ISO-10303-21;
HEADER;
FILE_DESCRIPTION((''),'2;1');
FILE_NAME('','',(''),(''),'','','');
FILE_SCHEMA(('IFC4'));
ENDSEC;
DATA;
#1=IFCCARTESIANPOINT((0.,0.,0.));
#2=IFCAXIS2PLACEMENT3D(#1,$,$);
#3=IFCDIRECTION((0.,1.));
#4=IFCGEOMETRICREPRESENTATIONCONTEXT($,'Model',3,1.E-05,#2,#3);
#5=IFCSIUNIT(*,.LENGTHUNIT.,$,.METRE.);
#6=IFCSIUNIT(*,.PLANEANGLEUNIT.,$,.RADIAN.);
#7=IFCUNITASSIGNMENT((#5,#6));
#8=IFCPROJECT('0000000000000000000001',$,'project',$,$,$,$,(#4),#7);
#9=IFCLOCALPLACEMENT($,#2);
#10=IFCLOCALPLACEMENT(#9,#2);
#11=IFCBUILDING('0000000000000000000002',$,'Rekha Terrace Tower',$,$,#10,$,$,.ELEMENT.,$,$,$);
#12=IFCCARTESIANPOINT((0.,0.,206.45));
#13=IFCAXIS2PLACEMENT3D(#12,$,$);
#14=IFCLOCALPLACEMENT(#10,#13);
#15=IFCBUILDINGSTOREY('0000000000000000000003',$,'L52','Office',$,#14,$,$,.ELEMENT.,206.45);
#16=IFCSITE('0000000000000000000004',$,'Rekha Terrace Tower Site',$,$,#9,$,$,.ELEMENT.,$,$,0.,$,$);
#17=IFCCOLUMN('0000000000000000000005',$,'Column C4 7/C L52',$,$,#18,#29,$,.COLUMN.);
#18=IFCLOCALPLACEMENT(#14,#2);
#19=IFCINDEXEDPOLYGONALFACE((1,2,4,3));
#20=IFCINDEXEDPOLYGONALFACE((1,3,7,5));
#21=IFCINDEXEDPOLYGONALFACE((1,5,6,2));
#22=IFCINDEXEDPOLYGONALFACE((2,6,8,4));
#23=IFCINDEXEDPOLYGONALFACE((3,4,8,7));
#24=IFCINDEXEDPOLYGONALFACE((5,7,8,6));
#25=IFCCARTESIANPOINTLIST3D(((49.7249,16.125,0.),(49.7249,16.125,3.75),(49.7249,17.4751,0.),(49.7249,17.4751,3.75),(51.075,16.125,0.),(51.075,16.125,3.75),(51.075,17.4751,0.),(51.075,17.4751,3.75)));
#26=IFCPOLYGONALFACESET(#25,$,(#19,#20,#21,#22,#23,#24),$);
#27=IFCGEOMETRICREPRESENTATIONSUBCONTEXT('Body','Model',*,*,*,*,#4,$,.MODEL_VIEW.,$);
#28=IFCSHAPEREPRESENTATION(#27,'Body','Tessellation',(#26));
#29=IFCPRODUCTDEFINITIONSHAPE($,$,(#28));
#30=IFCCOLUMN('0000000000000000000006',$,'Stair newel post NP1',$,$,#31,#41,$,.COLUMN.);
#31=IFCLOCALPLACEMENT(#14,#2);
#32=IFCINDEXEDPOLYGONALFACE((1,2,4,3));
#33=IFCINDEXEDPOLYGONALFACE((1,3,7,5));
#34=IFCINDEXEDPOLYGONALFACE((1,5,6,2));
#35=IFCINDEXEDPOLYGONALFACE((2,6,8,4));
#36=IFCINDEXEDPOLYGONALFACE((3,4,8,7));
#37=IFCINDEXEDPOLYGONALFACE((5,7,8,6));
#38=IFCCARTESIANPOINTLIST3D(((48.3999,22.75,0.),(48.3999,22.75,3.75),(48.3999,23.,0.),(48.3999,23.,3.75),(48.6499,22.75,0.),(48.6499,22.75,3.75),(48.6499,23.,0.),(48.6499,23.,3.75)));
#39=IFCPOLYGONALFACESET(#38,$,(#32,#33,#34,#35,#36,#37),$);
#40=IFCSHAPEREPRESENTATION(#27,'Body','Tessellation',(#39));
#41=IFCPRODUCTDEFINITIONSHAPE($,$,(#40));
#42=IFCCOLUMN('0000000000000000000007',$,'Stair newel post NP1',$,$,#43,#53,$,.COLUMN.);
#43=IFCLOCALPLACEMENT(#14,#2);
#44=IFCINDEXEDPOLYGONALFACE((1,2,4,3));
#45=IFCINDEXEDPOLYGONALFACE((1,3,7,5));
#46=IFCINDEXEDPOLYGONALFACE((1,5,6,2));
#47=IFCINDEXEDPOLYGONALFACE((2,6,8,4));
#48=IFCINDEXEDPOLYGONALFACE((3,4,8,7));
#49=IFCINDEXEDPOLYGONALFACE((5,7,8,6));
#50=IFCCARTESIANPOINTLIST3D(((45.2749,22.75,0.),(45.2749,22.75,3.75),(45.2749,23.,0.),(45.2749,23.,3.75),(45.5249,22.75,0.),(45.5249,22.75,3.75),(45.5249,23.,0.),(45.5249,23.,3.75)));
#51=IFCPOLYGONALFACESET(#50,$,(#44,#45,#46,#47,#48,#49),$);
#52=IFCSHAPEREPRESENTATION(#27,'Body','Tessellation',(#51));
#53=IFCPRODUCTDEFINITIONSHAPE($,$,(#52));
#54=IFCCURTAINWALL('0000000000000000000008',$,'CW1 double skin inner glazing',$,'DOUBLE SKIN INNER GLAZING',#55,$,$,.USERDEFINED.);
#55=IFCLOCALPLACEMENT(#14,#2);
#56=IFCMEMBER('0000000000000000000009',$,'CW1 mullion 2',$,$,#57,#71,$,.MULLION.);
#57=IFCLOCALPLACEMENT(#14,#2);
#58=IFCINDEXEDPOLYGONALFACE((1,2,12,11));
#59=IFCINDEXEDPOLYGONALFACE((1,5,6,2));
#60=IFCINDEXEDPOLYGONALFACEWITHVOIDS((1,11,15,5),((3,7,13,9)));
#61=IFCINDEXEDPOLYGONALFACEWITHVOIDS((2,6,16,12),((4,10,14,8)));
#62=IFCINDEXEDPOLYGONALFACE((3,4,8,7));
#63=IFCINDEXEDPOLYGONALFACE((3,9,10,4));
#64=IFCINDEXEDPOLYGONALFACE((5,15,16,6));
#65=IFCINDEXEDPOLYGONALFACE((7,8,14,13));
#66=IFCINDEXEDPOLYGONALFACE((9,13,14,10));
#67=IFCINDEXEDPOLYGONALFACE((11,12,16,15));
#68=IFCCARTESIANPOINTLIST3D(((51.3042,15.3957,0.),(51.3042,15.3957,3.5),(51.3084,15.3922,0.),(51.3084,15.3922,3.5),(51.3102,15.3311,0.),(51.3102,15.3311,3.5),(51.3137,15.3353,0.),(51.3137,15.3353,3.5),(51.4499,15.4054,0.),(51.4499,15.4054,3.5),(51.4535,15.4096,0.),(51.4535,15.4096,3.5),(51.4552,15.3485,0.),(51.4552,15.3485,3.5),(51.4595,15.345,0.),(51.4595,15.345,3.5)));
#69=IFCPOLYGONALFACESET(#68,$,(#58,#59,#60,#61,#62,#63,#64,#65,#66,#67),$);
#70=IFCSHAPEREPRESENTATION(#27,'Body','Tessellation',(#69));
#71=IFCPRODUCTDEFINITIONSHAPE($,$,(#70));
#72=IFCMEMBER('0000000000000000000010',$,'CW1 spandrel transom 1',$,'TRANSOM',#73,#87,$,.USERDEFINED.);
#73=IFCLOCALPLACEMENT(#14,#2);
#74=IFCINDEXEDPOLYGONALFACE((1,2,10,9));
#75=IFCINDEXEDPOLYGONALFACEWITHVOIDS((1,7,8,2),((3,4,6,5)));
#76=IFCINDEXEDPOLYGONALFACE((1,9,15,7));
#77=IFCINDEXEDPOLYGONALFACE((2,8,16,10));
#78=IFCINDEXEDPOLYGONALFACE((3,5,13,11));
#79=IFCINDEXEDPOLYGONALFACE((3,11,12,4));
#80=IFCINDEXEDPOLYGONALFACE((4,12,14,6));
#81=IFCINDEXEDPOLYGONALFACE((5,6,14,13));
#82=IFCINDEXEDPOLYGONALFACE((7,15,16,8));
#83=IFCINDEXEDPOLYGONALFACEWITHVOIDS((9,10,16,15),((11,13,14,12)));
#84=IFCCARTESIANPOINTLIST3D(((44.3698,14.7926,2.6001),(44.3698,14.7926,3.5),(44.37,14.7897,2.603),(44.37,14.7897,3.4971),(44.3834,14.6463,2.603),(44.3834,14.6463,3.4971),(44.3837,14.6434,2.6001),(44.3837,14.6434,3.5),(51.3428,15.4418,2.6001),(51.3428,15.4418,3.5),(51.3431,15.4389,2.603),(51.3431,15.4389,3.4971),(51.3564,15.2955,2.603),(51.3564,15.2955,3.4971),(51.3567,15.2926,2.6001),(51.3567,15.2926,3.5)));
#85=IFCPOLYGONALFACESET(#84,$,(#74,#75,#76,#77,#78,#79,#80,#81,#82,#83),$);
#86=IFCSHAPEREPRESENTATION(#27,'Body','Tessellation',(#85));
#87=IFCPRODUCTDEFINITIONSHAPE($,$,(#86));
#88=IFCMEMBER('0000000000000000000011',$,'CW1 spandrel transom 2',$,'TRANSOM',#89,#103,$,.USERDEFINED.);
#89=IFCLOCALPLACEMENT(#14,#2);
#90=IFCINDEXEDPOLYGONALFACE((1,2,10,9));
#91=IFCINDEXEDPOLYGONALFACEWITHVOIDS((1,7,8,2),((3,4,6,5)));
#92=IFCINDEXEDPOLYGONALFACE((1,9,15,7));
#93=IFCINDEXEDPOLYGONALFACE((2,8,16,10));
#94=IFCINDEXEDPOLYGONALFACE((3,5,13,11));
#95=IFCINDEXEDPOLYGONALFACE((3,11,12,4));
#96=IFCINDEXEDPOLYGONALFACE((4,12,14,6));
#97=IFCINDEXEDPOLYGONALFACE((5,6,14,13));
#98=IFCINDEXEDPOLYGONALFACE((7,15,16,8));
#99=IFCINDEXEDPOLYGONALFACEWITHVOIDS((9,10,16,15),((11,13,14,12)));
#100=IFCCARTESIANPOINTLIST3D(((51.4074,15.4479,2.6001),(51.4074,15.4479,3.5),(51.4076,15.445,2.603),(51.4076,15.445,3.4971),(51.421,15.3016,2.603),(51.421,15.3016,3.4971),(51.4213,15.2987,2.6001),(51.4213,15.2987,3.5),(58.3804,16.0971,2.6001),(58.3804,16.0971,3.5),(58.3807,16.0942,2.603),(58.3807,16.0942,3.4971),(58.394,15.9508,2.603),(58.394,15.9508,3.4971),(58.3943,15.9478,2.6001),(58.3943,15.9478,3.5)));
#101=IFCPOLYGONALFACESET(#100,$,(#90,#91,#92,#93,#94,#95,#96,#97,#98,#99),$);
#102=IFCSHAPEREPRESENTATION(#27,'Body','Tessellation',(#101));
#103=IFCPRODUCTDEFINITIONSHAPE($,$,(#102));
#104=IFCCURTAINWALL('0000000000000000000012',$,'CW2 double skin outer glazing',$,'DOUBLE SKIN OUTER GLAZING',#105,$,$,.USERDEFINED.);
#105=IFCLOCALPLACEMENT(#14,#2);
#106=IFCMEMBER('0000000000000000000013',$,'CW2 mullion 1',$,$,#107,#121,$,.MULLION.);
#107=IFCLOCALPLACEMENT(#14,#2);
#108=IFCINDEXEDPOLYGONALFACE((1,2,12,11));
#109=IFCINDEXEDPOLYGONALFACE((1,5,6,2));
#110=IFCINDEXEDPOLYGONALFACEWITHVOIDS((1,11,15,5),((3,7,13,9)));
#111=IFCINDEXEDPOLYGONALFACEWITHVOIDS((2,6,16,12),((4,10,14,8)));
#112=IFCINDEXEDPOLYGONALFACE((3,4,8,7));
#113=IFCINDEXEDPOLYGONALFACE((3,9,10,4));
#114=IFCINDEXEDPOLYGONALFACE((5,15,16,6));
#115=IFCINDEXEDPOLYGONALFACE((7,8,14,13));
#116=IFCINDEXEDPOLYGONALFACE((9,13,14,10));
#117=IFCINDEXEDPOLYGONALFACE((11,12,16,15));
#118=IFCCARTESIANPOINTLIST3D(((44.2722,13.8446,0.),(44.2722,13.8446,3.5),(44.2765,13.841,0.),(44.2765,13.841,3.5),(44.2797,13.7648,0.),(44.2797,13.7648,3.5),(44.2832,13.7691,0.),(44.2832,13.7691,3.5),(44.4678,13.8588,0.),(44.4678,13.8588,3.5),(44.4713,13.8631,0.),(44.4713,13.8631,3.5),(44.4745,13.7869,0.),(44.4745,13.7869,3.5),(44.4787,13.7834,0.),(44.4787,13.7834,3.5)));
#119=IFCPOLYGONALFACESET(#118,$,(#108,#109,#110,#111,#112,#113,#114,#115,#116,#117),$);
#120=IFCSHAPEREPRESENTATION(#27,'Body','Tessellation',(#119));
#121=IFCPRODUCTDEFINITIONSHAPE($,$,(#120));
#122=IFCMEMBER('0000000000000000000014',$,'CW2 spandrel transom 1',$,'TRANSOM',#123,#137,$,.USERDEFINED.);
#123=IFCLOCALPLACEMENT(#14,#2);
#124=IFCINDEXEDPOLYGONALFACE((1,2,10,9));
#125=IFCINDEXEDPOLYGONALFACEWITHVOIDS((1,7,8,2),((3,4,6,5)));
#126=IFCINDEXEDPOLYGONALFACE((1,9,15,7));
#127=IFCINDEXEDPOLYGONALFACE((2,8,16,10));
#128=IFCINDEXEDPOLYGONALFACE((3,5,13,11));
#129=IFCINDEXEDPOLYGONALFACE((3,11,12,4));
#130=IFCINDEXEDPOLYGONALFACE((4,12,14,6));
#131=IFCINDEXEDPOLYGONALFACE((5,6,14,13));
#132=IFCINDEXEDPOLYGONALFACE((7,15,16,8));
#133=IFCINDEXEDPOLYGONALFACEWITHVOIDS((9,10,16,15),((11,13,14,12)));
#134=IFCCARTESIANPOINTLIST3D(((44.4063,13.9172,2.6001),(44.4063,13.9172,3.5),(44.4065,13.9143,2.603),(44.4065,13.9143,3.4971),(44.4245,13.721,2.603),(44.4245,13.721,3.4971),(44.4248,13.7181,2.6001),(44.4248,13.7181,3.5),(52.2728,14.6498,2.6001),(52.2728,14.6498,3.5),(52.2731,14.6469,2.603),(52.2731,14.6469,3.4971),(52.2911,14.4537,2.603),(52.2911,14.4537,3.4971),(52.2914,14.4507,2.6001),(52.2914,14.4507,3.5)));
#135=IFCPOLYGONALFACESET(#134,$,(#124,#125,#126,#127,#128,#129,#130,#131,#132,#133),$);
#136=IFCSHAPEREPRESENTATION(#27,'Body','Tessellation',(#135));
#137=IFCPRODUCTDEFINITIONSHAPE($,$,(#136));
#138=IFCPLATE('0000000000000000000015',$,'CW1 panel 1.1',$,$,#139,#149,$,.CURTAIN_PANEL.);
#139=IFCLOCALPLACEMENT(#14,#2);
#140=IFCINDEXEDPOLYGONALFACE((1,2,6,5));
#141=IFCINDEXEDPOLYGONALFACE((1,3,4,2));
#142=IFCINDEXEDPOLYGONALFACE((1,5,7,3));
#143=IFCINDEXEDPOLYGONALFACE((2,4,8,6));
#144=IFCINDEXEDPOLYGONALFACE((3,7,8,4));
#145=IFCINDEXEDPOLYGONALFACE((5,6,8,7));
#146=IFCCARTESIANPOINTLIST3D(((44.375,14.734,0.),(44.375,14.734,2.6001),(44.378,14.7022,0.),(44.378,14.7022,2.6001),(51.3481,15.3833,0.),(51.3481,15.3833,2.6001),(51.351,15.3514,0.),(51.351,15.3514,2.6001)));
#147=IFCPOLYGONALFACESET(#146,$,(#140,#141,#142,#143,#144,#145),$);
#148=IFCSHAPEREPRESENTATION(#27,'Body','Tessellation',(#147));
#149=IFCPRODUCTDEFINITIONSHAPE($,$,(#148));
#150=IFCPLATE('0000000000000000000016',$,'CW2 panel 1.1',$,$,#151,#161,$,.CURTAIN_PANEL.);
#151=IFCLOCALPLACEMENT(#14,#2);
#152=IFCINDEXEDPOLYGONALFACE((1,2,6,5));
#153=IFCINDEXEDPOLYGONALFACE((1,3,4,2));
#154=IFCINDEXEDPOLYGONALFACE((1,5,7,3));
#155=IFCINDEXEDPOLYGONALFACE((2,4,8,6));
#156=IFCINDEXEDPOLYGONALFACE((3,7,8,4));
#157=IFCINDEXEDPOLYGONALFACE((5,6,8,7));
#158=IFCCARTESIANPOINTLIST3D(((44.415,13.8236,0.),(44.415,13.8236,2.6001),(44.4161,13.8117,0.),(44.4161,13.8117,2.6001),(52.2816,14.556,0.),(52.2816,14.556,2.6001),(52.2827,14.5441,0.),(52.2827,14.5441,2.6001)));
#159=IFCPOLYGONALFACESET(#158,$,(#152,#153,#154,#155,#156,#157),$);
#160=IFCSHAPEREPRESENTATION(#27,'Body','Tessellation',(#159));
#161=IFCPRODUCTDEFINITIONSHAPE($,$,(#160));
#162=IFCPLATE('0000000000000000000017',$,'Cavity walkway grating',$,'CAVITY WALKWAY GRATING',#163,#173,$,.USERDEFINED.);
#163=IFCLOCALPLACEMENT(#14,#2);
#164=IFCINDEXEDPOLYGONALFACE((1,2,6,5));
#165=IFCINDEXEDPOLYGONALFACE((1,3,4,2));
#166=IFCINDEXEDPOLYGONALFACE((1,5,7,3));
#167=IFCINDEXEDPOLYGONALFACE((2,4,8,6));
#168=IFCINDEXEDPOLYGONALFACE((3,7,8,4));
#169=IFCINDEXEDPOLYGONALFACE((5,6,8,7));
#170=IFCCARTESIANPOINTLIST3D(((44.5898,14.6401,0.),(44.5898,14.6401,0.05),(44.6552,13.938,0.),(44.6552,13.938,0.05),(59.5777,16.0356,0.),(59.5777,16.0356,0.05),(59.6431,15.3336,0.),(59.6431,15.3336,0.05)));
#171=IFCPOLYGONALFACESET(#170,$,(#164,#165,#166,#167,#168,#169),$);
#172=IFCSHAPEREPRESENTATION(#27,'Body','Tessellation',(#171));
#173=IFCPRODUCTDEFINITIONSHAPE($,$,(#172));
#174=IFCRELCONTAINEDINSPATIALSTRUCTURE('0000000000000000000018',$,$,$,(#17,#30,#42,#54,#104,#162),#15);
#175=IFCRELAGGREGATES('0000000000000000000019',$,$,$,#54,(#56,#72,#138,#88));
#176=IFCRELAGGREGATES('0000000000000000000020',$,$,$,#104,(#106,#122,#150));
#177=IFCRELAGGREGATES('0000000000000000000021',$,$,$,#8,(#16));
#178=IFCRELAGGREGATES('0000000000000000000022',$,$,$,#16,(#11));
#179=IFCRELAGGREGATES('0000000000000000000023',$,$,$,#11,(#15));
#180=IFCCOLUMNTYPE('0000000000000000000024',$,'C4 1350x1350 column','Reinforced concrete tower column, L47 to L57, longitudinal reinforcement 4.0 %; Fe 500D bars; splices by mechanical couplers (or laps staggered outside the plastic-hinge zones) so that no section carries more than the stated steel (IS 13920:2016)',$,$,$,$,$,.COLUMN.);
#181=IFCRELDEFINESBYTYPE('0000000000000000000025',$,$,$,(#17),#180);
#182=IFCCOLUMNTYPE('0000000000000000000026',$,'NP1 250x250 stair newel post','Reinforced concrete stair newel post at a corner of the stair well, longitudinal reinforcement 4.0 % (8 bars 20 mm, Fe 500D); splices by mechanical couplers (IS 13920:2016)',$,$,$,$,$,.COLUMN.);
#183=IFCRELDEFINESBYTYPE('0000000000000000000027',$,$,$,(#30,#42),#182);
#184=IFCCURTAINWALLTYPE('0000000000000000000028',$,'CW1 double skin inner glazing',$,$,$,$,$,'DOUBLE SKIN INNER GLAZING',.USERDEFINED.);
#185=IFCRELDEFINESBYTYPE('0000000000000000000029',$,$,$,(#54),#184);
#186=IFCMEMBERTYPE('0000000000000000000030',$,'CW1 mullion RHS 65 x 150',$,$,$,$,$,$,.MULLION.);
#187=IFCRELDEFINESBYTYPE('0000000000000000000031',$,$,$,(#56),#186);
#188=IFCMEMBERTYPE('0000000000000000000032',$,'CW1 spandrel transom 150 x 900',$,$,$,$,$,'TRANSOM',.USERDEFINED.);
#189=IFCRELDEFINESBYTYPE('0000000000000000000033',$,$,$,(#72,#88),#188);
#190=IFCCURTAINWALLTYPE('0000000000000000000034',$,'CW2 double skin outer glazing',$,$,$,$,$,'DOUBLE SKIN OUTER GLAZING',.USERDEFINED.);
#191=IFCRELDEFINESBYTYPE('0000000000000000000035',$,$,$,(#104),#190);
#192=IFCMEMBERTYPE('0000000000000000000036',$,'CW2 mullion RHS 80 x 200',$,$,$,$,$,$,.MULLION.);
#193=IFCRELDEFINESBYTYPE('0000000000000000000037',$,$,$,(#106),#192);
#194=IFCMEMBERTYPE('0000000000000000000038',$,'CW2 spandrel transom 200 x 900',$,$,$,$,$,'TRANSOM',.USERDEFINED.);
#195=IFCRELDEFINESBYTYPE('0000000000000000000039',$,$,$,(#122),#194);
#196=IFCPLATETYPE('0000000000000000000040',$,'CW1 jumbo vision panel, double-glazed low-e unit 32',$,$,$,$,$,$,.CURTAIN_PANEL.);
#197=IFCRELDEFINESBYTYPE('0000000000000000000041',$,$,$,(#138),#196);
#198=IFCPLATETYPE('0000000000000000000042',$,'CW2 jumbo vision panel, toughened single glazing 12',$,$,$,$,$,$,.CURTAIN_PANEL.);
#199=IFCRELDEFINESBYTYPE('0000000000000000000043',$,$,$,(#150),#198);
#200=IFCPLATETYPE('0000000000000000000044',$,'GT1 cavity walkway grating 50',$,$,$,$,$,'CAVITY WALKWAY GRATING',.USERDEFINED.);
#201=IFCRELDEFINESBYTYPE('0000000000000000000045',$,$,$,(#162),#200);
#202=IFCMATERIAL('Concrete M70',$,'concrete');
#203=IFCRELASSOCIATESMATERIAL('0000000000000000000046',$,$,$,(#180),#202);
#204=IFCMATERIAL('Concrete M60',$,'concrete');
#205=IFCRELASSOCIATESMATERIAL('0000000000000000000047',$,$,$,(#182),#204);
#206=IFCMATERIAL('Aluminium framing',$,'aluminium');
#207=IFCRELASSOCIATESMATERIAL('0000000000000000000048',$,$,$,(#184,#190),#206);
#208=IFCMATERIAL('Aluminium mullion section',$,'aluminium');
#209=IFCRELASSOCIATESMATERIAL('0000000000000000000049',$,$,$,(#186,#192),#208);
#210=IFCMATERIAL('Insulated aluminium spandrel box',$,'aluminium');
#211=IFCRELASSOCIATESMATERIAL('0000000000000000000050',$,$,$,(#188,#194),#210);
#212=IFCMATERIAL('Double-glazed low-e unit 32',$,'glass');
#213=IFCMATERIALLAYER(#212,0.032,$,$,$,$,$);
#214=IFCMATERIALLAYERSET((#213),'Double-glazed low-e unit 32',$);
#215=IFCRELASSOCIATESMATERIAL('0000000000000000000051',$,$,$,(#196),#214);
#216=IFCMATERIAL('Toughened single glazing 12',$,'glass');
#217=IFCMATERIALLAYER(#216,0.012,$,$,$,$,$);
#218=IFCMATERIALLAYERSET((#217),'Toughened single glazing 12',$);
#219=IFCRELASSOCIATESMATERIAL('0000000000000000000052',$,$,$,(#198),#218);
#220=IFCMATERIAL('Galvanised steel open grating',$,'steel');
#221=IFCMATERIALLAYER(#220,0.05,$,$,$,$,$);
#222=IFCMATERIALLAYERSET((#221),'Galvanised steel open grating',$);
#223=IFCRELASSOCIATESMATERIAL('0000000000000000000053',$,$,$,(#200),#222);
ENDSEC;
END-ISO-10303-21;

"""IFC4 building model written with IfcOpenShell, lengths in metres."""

from ifc_helpers import new_model, si_unit, direction, frame, origin, origin_2d, place, context, subcontext, project, spatial, rectangle, hollow_rectangle, extrude, material, layer, layer_set, material_profile, profile_set, type_object, element, aggregate, save


model = new_model("IFC4")

# Units and contexts
model_context = context("Model", 3, precision=1e-05, world=origin(), true_north=direction((0.0, 1.0)))
body_context = subcontext(model_context, "Body", "Model", "MODEL_VIEW")
ifc_project = project(units=[si_unit("LENGTHUNIT", "METRE"), si_unit("PLANEANGLEUNIT", "RADIAN")], contexts=[model_context])

# Site, building, storey
site_placement = place(None, origin())
site = spatial("IfcSite", under=ifc_project, at=site_placement, Name="Rekha Terrace Tower Site", CompositionType="ELEMENT", RefElevation=0.0)
building_placement = place(site_placement, origin())
building = spatial("IfcBuilding", under=site, at=building_placement, Name="Rekha Terrace Tower", CompositionType="ELEMENT")
storey_placement = place(building_placement, frame((0.0, 0.0, 206.45)))
storey = spatial("IfcBuildingStorey", under=building, at=storey_placement, Name="L52", Description="Office", CompositionType="ELEMENT", Elevation=206.45)

# Columns
ifc_material_1 = material(Name="Concrete M70", Category="concrete")
ifc_material_profile_1 = material_profile(ifc_material_1, rectangle(XDim=1.3501, YDim=1.3501, at=origin_2d()), Name="RC 1350x1350")
ifc_profile_set_1 = profile_set([ifc_material_profile_1], Name="Concrete M70")
column_type_1 = type_object("IfcColumnType", Name="C4 1350x1350 column", Description="Reinforced concrete tower column, L47 to L57, longitudinal reinforcement 4.0 %; Fe 500D bars; splices by mechanical couplers (or laps staggered outside the plastic-hinge zones) so that no section carries more than the stated steel (IS 13920:2016)", PredefinedType="COLUMN", material=ifc_profile_set_1)
column_placement = place(storey_placement, frame((50.3999, 16.8, 0.0), z_axis=(0.0, 0.0, 1.0), x_axis=(1.0, 0.0, 0.0)))
element("IfcColumn", 1, at=column_placement, inside=storey, type_object=column_type_1, Name="Column C4 7/C L52", PredefinedType="COLUMN", context=body_context, shape_type="SweptSolid", body=[
    extrude(rectangle(XDim=1.3501, YDim=1.3501, at=origin_2d()), origin(), (0.0, 0.0, 1.0), 3.75),
])
ifc_material_2 = material(Name="Concrete M60", Category="concrete")
ifc_material_profile_2 = material_profile(ifc_material_2, rectangle(XDim=0.25, YDim=0.25, at=origin_2d()), Name="RC 250x250")
ifc_profile_set_2 = profile_set([ifc_material_profile_2], Name="Concrete M60")
column_type_2 = type_object("IfcColumnType", Name="NP1 250x250 stair newel post", Description="Reinforced concrete stair newel post at a corner of the stair well, longitudinal reinforcement 4.0 % (8 bars 20 mm, Fe 500D); splices by mechanical couplers (IS 13920:2016)", PredefinedType="COLUMN", material=ifc_profile_set_2)
for number, where, z_axis, x_axis, name in (
    (2, (48.5249, 22.875, 0.0), (0.0, 0.0, 1.0), (1.0, 0.0, 0.0), "Stair newel post NP1"),
    (3, (45.3999, 22.875, 0.0), (0.0, 0.0, 1.0), (1.0, 0.0, 0.0), "Stair newel post NP1"),
):
    element("IfcColumn", number, at=place(storey_placement, frame(where, z_axis=z_axis, x_axis=x_axis)), inside=storey, type_object=column_type_2, Name=name, PredefinedType="COLUMN", context=body_context, shape_type="SweptSolid", body=[
        extrude(rectangle(XDim=0.25, YDim=0.25, at=origin_2d()), origin(), (0.0, 0.0, 1.0), 3.75),
    ])

# Curtain walls, members
ifc_material_3 = material(Name="Aluminium framing", Category="aluminium")
curtain_wall_type_1 = type_object("IfcCurtainWallType", Name="CW1 double skin inner glazing", ElementType="DOUBLE SKIN INNER GLAZING", PredefinedType="USERDEFINED", material=ifc_material_3)
curtain_wall_1_placement = place(storey_placement, origin())
curtain_wall_1 = element("IfcCurtainWall", 4, at=curtain_wall_1_placement, inside=storey, type_object=curtain_wall_type_1, Name="CW1 double skin inner glazing", ObjectType="DOUBLE SKIN INNER GLAZING", PredefinedType="USERDEFINED")
ifc_material_4 = material(Name="Aluminium mullion section", Category="aluminium")
ifc_material_profile_3 = material_profile(ifc_material_4, hollow_rectangle(XDim=0.0649, YDim=0.1499, WallThickness=0.0039, at=origin_2d()), Name="AL RHS 65x150")
ifc_profile_set_3 = profile_set([ifc_material_profile_3], Name="Aluminium mullion section")
member_type_1 = type_object("IfcMemberType", Name="CW1 mullion RHS 65 x 150", PredefinedType="MULLION", material=ifc_profile_set_3)
member_1_placement = place(storey_placement, frame((51.3818, 15.3704, 0.0), z_axis=(0.0, 0.0, 1.0), x_axis=(-0.092709, 0.995693, 0.0)))
member_1 = element("IfcMember", 5, at=member_1_placement, type_object=member_type_1, Name="CW1 mullion 2", PredefinedType="MULLION", context=body_context, shape_type="SweptSolid", body=[
    extrude(hollow_rectangle(XDim=0.0649, YDim=0.1499, WallThickness=0.0039, at=origin_2d()), origin(), (0.0, 0.0, 1.0), 3.5),
])
ifc_material_5 = material(Name="Insulated aluminium spandrel box", Category="aluminium")
ifc_material_profile_4 = material_profile(ifc_material_5, hollow_rectangle(XDim=0.1499, YDim=0.8999, WallThickness=0.0029, at=origin_2d()), Name="AL SPANDREL BOX 150x900")
ifc_profile_set_4 = profile_set([ifc_material_profile_4], Name="Insulated aluminium spandrel box")
member_type_2 = type_object("IfcMemberType", Name="CW1 spandrel transom 150 x 900", ElementType="TRANSOM", PredefinedType="USERDEFINED", material=ifc_profile_set_4)
member_2_placement = place(storey_placement, frame((44.3767, 14.718, 3.05), z_axis=(0.995694, 0.092698, 0.0), x_axis=(-0.092698, 0.995694, 0.0)))
member_2 = element("IfcMember", 6, at=member_2_placement, type_object=member_type_2, Name="CW1 spandrel transom 1", ObjectType="TRANSOM", PredefinedType="USERDEFINED", context=body_context, shape_type="SweptSolid", body=[
    extrude(hollow_rectangle(XDim=0.1499, YDim=0.8999, WallThickness=0.0029, at=origin_2d()), origin(), (0.0, 0.0, 1.0), 7.0032),
])
member_3_placement = place(storey_placement, frame((51.4143, 15.3733, 3.05), z_axis=(0.995694, 0.092698, 0.0), x_axis=(-0.092698, 0.995694, 0.0)))
member_3 = element("IfcMember", 7, at=member_3_placement, type_object=member_type_2, Name="CW1 spandrel transom 2", ObjectType="TRANSOM", PredefinedType="USERDEFINED", context=body_context, shape_type="SweptSolid", body=[
    extrude(hollow_rectangle(XDim=0.1499, YDim=0.8999, WallThickness=0.0029, at=origin_2d()), origin(), (0.0, 0.0, 1.0), 7.0032),
])
curtain_wall_type_2 = type_object("IfcCurtainWallType", Name="CW2 double skin outer glazing", ElementType="DOUBLE SKIN OUTER GLAZING", PredefinedType="USERDEFINED", material=ifc_material_3)
curtain_wall_2_placement = place(storey_placement, origin())
curtain_wall_2 = element("IfcCurtainWall", 8, at=curtain_wall_2_placement, inside=storey, type_object=curtain_wall_type_2, Name="CW2 double skin outer glazing", ObjectType="DOUBLE SKIN OUTER GLAZING", PredefinedType="USERDEFINED")
ifc_material_profile_5 = material_profile(ifc_material_4, hollow_rectangle(XDim=0.0801, YDim=0.2, WallThickness=0.0039, at=origin_2d()), Name="AL RHS 80x200")
ifc_profile_set_5 = profile_set([ifc_material_profile_5], Name="Aluminium mullion section")
member_type_3 = type_object("IfcMemberType", Name="CW2 mullion RHS 80 x 200", PredefinedType="MULLION", material=ifc_profile_set_5)
member_4_placement = place(storey_placement, frame((44.3755, 13.814, 0.0), z_axis=(0.0, 0.0, 1.0), x_axis=(-0.092709, 0.995693, 0.0)))
member_4 = element("IfcMember", 9, at=member_4_placement, type_object=member_type_3, Name="CW2 mullion 1", PredefinedType="MULLION", context=body_context, shape_type="SweptSolid", body=[
    extrude(hollow_rectangle(XDim=0.0801, YDim=0.2, WallThickness=0.0039, at=origin_2d()), origin(), (0.0, 0.0, 1.0), 3.5),
])
ifc_material_profile_6 = material_profile(ifc_material_5, hollow_rectangle(XDim=0.2, YDim=0.8999, WallThickness=0.0029, at=origin_2d()), Name="AL SPANDREL BOX 200x900")
ifc_profile_set_6 = profile_set([ifc_material_profile_6], Name="Insulated aluminium spandrel box")
member_type_4 = type_object("IfcMemberType", Name="CW2 spandrel transom 200 x 900", ElementType="TRANSOM", PredefinedType="USERDEFINED", material=ifc_profile_set_6)
member_5_placement = place(storey_placement, frame((44.4155, 13.8176, 3.05), z_axis=(0.995691, 0.092734, 0.0), x_axis=(-0.092734, 0.995691, 0.0)))
member_5 = element("IfcMember", 10, at=member_5_placement, type_object=member_type_4, Name="CW2 spandrel transom 1", ObjectType="TRANSOM", PredefinedType="USERDEFINED", context=body_context, shape_type="SweptSolid", body=[
    extrude(hollow_rectangle(XDim=0.2, YDim=0.8999, WallThickness=0.0029, at=origin_2d()), origin(), (0.0, 0.0, 1.0), 7.9006),
])

# Plates
ifc_material_6 = material(Name="Double-glazed low-e unit 32", Category="glass")
ifc_layer_1 = layer(ifc_material_6, 0.032)
ifc_layer_set_1 = layer_set([ifc_layer_1], Name="Double-glazed low-e unit 32")
plate_type_1 = type_object("IfcPlateType", Name="CW1 jumbo vision panel, double-glazed low-e unit 32", PredefinedType="CURTAIN_PANEL", material=ifc_layer_set_1)
plate_1_placement = place(storey_placement, frame((47.863, 15.0427, 0.0), z_axis=(0.0, 0.0, 1.0), x_axis=(0.995693, 0.092709, 0.0)))
plate_1 = element("IfcPlate", 11, at=plate_1_placement, type_object=plate_type_1, Name="CW1 panel 1.1", PredefinedType="CURTAIN_PANEL", context=body_context, shape_type="SweptSolid", body=[
    extrude(rectangle(XDim=7.0032, YDim=0.032, at=origin_2d()), origin(), (0.0, 0.0, 1.0), 2.6001),
])
aggregate(curtain_wall_1, [member_1, member_2, plate_1, member_3])
ifc_material_7 = material(Name="Toughened single glazing 12", Category="glass")
ifc_layer_2 = layer(ifc_material_7, 0.012)
ifc_layer_set_2 = layer_set([ifc_layer_2], Name="Toughened single glazing 12")
plate_type_2 = type_object("IfcPlateType", Name="CW2 jumbo vision panel, toughened single glazing 12", PredefinedType="CURTAIN_PANEL", material=ifc_layer_set_2)
plate_2_placement = place(storey_placement, frame((48.3489, 14.1838, 0.0), z_axis=(0.0, 0.0, 1.0), x_axis=(0.995693, 0.092709, 0.0)))
plate_2 = element("IfcPlate", 12, at=plate_2_placement, type_object=plate_type_2, Name="CW2 panel 1.1", PredefinedType="CURTAIN_PANEL", context=body_context, shape_type="SweptSolid", body=[
    extrude(rectangle(XDim=7.9006, YDim=0.012, at=origin_2d()), origin(), (0.0, 0.0, 1.0), 2.6001),
])
aggregate(curtain_wall_2, [member_4, member_5, plate_2])
ifc_material_8 = material(Name="Galvanised steel open grating", Category="steel")
ifc_layer_3 = layer(ifc_material_8, 0.05)
ifc_layer_set_3 = layer_set([ifc_layer_3], Name="Galvanised steel open grating")
plate_type_3 = type_object("IfcPlateType", Name="GT1 cavity walkway grating 50", ElementType="CAVITY WALKWAY GRATING", PredefinedType="USERDEFINED", material=ifc_layer_set_3)
plate_3_placement = place(storey_placement, frame((52.1165, 14.9868, 0.0), z_axis=(0.0, 0.0, 1.0), x_axis=(0.995693, 0.092709, 0.0)))
element("IfcPlate", 13, at=plate_3_placement, inside=storey, type_object=plate_type_3, Name="Cavity walkway grating", ObjectType="CAVITY WALKWAY GRATING", PredefinedType="USERDEFINED", context=body_context, shape_type="SweptSolid", body=[
    extrude(rectangle(XDim=15.0527, YDim=0.7051, at=origin_2d()), origin(), (0.0, 0.0, 1.0), 0.05),
])

save(model, "model.ifc")
